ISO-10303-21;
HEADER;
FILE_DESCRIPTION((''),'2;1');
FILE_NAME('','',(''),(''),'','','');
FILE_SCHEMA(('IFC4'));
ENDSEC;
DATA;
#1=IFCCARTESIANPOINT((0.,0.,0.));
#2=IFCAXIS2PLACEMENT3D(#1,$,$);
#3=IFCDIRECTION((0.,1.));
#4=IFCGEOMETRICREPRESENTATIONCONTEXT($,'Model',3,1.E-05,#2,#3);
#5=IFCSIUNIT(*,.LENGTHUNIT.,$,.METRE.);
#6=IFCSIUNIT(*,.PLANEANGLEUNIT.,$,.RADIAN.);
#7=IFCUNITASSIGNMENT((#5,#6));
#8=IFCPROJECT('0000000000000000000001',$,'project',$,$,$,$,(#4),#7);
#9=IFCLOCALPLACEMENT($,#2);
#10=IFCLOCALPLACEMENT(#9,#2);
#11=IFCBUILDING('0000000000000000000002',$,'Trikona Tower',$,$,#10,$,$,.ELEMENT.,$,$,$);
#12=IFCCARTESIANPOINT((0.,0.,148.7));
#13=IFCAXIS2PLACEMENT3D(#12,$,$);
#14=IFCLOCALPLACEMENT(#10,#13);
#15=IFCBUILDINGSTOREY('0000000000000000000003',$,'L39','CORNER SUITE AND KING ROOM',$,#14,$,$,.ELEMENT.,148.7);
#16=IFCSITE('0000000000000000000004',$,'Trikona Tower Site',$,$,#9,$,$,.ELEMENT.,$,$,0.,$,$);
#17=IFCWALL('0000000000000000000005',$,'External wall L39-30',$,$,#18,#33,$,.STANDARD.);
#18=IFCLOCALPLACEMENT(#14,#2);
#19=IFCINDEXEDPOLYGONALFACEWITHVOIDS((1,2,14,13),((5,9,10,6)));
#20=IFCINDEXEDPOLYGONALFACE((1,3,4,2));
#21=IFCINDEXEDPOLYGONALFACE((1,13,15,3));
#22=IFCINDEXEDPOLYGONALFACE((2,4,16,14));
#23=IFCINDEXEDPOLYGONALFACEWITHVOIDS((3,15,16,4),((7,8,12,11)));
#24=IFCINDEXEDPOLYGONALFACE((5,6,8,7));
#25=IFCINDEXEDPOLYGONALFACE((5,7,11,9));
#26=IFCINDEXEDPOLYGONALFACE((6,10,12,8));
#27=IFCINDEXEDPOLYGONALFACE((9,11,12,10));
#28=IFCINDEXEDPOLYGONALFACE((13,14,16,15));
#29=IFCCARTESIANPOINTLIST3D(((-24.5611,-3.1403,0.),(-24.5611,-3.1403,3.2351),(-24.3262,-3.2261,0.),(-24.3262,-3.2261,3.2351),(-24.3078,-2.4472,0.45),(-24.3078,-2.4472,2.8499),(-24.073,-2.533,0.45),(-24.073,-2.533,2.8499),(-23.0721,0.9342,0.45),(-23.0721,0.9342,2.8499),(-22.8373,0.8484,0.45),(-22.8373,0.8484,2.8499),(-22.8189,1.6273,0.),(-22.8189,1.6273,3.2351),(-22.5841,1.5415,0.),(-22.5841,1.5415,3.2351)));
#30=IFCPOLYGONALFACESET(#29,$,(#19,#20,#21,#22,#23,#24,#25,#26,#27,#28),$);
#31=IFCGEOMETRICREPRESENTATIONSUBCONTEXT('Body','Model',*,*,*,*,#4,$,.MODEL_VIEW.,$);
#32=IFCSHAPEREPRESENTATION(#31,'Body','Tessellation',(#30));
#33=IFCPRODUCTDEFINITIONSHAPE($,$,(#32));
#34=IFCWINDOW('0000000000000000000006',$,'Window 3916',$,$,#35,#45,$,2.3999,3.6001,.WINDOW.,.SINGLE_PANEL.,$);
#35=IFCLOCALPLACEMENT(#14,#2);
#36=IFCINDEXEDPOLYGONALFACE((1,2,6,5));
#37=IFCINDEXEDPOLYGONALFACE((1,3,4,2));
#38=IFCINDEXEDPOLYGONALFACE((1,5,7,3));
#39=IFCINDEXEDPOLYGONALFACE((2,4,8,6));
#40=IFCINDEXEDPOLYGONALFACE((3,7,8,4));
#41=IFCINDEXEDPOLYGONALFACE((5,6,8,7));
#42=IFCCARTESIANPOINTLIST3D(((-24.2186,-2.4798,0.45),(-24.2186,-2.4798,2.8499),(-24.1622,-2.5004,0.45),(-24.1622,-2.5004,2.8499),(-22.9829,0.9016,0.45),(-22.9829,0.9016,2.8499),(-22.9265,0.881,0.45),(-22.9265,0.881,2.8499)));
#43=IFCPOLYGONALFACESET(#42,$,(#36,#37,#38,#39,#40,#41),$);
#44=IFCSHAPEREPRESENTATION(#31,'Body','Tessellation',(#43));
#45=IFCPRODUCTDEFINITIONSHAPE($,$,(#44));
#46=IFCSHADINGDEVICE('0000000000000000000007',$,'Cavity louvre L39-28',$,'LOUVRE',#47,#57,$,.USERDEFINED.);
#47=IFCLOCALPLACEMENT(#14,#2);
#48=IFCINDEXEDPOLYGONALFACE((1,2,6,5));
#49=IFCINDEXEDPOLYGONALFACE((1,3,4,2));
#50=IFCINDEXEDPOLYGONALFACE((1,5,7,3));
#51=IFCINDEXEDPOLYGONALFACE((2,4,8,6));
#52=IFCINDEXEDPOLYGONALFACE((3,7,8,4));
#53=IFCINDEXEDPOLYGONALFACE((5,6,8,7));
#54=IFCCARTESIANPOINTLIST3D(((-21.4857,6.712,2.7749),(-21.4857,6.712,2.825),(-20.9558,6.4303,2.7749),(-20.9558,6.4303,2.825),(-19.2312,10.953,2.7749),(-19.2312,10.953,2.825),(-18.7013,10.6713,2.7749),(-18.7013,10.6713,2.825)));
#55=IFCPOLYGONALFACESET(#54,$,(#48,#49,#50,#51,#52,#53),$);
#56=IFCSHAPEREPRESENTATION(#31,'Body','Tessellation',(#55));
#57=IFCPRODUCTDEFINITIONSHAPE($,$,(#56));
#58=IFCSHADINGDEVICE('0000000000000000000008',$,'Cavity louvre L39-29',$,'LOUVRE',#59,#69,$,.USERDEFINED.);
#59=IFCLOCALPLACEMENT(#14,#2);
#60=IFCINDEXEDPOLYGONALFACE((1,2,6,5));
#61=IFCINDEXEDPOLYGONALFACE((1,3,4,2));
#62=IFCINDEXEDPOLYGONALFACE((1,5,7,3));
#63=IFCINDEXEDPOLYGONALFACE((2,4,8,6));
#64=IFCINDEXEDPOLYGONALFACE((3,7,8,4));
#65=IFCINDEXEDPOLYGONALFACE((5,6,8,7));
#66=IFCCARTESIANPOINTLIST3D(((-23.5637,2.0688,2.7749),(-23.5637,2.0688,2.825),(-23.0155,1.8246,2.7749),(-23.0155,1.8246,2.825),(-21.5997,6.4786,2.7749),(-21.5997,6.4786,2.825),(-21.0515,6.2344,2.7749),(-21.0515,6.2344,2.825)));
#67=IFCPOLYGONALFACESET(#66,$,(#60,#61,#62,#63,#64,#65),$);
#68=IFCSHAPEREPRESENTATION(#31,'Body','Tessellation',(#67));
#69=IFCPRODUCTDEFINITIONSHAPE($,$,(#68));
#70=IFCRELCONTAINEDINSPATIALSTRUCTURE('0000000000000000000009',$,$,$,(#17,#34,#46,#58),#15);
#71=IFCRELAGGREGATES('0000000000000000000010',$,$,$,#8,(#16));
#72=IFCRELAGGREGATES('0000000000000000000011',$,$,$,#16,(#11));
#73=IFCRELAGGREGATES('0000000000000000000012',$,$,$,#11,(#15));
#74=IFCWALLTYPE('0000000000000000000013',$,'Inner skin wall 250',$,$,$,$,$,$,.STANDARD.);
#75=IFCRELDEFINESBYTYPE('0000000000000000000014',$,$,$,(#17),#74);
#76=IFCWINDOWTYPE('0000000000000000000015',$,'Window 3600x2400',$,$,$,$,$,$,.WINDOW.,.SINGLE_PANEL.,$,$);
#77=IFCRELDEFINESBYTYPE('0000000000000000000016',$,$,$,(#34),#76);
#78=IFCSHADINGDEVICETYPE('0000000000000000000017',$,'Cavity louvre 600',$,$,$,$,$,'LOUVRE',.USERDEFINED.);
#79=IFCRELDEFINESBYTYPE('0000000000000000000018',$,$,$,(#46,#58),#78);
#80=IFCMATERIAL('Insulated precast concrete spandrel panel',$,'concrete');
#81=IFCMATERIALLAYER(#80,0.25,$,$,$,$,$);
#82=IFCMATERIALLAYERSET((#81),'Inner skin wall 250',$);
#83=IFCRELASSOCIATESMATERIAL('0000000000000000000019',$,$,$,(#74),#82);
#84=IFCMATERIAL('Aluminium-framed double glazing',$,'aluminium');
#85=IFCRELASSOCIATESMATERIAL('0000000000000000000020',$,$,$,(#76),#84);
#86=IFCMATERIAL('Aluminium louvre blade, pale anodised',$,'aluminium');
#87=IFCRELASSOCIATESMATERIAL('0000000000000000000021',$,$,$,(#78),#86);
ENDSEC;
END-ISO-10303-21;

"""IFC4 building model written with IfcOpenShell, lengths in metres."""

from ifc_helpers import new_model, si_unit, direction, frame, frame_2d, origin, origin_2d, place, context, subcontext, project, spatial, rectangle, extrude, material, layer, layer_set, type_object, element, fill, save


model = new_model("IFC4")

# Units and contexts
model_context = context("Model", 3, precision=1e-05, world=origin(), true_north=direction((0.0, 1.0)))
body_context = subcontext(model_context, "Body", "Model", "MODEL_VIEW")
ifc_project = project(units=[si_unit("LENGTHUNIT", "METRE"), si_unit("PLANEANGLEUNIT", "RADIAN")], contexts=[model_context])

# Site, building, storey
site_placement = place(None, origin())
site = spatial("IfcSite", under=ifc_project, at=site_placement, Name="Trikona Tower Site", CompositionType="ELEMENT", RefElevation=0.0)
building_placement = place(site_placement, origin())
building = spatial("IfcBuilding", under=site, at=building_placement, Name="Trikona Tower", CompositionType="ELEMENT")
storey_placement = place(building_placement, frame((0.0, 0.0, 148.7)))
storey = spatial("IfcBuildingStorey", under=building, at=storey_placement, Name="L39", Description="CORNER SUITE AND KING ROOM", CompositionType="ELEMENT", Elevation=148.7)

# Wall, opening, window
ifc_material_1 = material(Name="Insulated precast concrete spandrel panel", Category="concrete")
ifc_layer_1 = layer(ifc_material_1, 0.25)
ifc_layer_set_1 = layer_set([ifc_layer_1], Name="Inner skin wall 250")
wall_type = type_object("IfcWallType", Name="Inner skin wall 250", PredefinedType="STANDARD", material=ifc_layer_set_1)
ifc_material_2 = material(Name="Aluminium-framed double glazing", Category="aluminium")
window_type = type_object("IfcWindowType", Name="Window 3600x2400", PartitioningType="SINGLE_PANEL", PredefinedType="WINDOW", material=ifc_material_2)
wall_1_placement = place(storey_placement, frame((-22.7014, 1.5845, 0.0), z_axis=(0.0, 0.0, 1.0), x_axis=(-0.343226, -0.939253, 0.0)))
wall_1 = element("IfcWall", 1, at=wall_1_placement, inside=storey, type_object=wall_type, Name="External wall L39-30", PredefinedType="STANDARD", context=body_context, shape_type="SweptSolid", body=[
    extrude(rectangle(XDim=5.0759, YDim=0.25, at=frame_2d((2.5381, 0.0))), origin(), (0.0, 0.0, 1.0), 3.2351),
])
opening_1_placement = place(wall_1_placement, frame((0.738, 0.0, 0.45)))
opening_1 = element("IfcOpeningElement", 2, at=opening_1_placement, cuts=wall_1, PredefinedType="OPENING", context=body_context, shape_type="SweptSolid", body=[
    extrude(rectangle(XDim=3.6001, YDim=2.3999, at=frame_2d((1.8, 1.2))), frame((0.0, 0.135, 0.0), z_axis=(0.0, -1.0, 0.0), x_axis=(1.0, 0.0, 0.0)), (0.0, 0.0, 1.0), 0.27),
])
window_1_placement = place(opening_1_placement, origin())
window_1 = element("IfcWindow", 3, at=window_1_placement, inside=storey, type_object=window_type, Name="Window 3916", OverallHeight=2.3999, OverallWidth=3.6001, PartitioningType="SINGLE_PANEL", PredefinedType="WINDOW", context=body_context, shape_type="SweptSolid", body=[
    extrude(rectangle(XDim=3.6001, YDim=2.3999, at=frame_2d((1.8, 1.2))), frame((0.0, 0.03, 0.0), z_axis=(0.0, -1.0, 0.0), x_axis=(1.0, 0.0, 0.0)), (0.0, 0.0, 1.0), 0.0601),
])
fill(opening_1, window_1)

# Shading devices
ifc_material_3 = material(Name="Aluminium louvre blade, pale anodised", Category="aluminium")
shading_device_type = type_object("IfcShadingDeviceType", Name="Cavity louvre 600", ElementType="LOUVRE", PredefinedType="USERDEFINED", material=ifc_material_3)
shading_device_1_placement = place(storey_placement, frame((-20.0935, 8.6917, 2.7749), z_axis=(0.0, 0.0, 1.0), x_axis=(-0.469398, -0.882987, 0.0)))
element("IfcShadingDevice", 4, at=shading_device_1_placement, inside=storey, type_object=shading_device_type, Name="Cavity louvre L39-28", ObjectType="LOUVRE", PredefinedType="USERDEFINED", context=body_context, shape_type="SweptSolid", body=[
    extrude(rectangle(XDim=4.803, YDim=0.6001, at=origin_2d()), origin(), (0.0, 0.0, 1.0), 0.05),
])
shading_device_2_placement = place(storey_placement, frame((-22.3076, 4.1516, 2.7749), z_axis=(0.0, 0.0, 1.0), x_axis=(-0.406843, -0.913498, 0.0)))
element("IfcShadingDevice", 5, at=shading_device_2_placement, inside=storey, type_object=shading_device_type, Name="Cavity louvre L39-29", ObjectType="LOUVRE", PredefinedType="USERDEFINED", context=body_context, shape_type="SweptSolid", body=[
    extrude(rectangle(XDim=4.8274, YDim=0.6001, at=origin_2d()), origin(), (0.0, 0.0, 1.0), 0.05),
])

save(model, "model.ifc")
